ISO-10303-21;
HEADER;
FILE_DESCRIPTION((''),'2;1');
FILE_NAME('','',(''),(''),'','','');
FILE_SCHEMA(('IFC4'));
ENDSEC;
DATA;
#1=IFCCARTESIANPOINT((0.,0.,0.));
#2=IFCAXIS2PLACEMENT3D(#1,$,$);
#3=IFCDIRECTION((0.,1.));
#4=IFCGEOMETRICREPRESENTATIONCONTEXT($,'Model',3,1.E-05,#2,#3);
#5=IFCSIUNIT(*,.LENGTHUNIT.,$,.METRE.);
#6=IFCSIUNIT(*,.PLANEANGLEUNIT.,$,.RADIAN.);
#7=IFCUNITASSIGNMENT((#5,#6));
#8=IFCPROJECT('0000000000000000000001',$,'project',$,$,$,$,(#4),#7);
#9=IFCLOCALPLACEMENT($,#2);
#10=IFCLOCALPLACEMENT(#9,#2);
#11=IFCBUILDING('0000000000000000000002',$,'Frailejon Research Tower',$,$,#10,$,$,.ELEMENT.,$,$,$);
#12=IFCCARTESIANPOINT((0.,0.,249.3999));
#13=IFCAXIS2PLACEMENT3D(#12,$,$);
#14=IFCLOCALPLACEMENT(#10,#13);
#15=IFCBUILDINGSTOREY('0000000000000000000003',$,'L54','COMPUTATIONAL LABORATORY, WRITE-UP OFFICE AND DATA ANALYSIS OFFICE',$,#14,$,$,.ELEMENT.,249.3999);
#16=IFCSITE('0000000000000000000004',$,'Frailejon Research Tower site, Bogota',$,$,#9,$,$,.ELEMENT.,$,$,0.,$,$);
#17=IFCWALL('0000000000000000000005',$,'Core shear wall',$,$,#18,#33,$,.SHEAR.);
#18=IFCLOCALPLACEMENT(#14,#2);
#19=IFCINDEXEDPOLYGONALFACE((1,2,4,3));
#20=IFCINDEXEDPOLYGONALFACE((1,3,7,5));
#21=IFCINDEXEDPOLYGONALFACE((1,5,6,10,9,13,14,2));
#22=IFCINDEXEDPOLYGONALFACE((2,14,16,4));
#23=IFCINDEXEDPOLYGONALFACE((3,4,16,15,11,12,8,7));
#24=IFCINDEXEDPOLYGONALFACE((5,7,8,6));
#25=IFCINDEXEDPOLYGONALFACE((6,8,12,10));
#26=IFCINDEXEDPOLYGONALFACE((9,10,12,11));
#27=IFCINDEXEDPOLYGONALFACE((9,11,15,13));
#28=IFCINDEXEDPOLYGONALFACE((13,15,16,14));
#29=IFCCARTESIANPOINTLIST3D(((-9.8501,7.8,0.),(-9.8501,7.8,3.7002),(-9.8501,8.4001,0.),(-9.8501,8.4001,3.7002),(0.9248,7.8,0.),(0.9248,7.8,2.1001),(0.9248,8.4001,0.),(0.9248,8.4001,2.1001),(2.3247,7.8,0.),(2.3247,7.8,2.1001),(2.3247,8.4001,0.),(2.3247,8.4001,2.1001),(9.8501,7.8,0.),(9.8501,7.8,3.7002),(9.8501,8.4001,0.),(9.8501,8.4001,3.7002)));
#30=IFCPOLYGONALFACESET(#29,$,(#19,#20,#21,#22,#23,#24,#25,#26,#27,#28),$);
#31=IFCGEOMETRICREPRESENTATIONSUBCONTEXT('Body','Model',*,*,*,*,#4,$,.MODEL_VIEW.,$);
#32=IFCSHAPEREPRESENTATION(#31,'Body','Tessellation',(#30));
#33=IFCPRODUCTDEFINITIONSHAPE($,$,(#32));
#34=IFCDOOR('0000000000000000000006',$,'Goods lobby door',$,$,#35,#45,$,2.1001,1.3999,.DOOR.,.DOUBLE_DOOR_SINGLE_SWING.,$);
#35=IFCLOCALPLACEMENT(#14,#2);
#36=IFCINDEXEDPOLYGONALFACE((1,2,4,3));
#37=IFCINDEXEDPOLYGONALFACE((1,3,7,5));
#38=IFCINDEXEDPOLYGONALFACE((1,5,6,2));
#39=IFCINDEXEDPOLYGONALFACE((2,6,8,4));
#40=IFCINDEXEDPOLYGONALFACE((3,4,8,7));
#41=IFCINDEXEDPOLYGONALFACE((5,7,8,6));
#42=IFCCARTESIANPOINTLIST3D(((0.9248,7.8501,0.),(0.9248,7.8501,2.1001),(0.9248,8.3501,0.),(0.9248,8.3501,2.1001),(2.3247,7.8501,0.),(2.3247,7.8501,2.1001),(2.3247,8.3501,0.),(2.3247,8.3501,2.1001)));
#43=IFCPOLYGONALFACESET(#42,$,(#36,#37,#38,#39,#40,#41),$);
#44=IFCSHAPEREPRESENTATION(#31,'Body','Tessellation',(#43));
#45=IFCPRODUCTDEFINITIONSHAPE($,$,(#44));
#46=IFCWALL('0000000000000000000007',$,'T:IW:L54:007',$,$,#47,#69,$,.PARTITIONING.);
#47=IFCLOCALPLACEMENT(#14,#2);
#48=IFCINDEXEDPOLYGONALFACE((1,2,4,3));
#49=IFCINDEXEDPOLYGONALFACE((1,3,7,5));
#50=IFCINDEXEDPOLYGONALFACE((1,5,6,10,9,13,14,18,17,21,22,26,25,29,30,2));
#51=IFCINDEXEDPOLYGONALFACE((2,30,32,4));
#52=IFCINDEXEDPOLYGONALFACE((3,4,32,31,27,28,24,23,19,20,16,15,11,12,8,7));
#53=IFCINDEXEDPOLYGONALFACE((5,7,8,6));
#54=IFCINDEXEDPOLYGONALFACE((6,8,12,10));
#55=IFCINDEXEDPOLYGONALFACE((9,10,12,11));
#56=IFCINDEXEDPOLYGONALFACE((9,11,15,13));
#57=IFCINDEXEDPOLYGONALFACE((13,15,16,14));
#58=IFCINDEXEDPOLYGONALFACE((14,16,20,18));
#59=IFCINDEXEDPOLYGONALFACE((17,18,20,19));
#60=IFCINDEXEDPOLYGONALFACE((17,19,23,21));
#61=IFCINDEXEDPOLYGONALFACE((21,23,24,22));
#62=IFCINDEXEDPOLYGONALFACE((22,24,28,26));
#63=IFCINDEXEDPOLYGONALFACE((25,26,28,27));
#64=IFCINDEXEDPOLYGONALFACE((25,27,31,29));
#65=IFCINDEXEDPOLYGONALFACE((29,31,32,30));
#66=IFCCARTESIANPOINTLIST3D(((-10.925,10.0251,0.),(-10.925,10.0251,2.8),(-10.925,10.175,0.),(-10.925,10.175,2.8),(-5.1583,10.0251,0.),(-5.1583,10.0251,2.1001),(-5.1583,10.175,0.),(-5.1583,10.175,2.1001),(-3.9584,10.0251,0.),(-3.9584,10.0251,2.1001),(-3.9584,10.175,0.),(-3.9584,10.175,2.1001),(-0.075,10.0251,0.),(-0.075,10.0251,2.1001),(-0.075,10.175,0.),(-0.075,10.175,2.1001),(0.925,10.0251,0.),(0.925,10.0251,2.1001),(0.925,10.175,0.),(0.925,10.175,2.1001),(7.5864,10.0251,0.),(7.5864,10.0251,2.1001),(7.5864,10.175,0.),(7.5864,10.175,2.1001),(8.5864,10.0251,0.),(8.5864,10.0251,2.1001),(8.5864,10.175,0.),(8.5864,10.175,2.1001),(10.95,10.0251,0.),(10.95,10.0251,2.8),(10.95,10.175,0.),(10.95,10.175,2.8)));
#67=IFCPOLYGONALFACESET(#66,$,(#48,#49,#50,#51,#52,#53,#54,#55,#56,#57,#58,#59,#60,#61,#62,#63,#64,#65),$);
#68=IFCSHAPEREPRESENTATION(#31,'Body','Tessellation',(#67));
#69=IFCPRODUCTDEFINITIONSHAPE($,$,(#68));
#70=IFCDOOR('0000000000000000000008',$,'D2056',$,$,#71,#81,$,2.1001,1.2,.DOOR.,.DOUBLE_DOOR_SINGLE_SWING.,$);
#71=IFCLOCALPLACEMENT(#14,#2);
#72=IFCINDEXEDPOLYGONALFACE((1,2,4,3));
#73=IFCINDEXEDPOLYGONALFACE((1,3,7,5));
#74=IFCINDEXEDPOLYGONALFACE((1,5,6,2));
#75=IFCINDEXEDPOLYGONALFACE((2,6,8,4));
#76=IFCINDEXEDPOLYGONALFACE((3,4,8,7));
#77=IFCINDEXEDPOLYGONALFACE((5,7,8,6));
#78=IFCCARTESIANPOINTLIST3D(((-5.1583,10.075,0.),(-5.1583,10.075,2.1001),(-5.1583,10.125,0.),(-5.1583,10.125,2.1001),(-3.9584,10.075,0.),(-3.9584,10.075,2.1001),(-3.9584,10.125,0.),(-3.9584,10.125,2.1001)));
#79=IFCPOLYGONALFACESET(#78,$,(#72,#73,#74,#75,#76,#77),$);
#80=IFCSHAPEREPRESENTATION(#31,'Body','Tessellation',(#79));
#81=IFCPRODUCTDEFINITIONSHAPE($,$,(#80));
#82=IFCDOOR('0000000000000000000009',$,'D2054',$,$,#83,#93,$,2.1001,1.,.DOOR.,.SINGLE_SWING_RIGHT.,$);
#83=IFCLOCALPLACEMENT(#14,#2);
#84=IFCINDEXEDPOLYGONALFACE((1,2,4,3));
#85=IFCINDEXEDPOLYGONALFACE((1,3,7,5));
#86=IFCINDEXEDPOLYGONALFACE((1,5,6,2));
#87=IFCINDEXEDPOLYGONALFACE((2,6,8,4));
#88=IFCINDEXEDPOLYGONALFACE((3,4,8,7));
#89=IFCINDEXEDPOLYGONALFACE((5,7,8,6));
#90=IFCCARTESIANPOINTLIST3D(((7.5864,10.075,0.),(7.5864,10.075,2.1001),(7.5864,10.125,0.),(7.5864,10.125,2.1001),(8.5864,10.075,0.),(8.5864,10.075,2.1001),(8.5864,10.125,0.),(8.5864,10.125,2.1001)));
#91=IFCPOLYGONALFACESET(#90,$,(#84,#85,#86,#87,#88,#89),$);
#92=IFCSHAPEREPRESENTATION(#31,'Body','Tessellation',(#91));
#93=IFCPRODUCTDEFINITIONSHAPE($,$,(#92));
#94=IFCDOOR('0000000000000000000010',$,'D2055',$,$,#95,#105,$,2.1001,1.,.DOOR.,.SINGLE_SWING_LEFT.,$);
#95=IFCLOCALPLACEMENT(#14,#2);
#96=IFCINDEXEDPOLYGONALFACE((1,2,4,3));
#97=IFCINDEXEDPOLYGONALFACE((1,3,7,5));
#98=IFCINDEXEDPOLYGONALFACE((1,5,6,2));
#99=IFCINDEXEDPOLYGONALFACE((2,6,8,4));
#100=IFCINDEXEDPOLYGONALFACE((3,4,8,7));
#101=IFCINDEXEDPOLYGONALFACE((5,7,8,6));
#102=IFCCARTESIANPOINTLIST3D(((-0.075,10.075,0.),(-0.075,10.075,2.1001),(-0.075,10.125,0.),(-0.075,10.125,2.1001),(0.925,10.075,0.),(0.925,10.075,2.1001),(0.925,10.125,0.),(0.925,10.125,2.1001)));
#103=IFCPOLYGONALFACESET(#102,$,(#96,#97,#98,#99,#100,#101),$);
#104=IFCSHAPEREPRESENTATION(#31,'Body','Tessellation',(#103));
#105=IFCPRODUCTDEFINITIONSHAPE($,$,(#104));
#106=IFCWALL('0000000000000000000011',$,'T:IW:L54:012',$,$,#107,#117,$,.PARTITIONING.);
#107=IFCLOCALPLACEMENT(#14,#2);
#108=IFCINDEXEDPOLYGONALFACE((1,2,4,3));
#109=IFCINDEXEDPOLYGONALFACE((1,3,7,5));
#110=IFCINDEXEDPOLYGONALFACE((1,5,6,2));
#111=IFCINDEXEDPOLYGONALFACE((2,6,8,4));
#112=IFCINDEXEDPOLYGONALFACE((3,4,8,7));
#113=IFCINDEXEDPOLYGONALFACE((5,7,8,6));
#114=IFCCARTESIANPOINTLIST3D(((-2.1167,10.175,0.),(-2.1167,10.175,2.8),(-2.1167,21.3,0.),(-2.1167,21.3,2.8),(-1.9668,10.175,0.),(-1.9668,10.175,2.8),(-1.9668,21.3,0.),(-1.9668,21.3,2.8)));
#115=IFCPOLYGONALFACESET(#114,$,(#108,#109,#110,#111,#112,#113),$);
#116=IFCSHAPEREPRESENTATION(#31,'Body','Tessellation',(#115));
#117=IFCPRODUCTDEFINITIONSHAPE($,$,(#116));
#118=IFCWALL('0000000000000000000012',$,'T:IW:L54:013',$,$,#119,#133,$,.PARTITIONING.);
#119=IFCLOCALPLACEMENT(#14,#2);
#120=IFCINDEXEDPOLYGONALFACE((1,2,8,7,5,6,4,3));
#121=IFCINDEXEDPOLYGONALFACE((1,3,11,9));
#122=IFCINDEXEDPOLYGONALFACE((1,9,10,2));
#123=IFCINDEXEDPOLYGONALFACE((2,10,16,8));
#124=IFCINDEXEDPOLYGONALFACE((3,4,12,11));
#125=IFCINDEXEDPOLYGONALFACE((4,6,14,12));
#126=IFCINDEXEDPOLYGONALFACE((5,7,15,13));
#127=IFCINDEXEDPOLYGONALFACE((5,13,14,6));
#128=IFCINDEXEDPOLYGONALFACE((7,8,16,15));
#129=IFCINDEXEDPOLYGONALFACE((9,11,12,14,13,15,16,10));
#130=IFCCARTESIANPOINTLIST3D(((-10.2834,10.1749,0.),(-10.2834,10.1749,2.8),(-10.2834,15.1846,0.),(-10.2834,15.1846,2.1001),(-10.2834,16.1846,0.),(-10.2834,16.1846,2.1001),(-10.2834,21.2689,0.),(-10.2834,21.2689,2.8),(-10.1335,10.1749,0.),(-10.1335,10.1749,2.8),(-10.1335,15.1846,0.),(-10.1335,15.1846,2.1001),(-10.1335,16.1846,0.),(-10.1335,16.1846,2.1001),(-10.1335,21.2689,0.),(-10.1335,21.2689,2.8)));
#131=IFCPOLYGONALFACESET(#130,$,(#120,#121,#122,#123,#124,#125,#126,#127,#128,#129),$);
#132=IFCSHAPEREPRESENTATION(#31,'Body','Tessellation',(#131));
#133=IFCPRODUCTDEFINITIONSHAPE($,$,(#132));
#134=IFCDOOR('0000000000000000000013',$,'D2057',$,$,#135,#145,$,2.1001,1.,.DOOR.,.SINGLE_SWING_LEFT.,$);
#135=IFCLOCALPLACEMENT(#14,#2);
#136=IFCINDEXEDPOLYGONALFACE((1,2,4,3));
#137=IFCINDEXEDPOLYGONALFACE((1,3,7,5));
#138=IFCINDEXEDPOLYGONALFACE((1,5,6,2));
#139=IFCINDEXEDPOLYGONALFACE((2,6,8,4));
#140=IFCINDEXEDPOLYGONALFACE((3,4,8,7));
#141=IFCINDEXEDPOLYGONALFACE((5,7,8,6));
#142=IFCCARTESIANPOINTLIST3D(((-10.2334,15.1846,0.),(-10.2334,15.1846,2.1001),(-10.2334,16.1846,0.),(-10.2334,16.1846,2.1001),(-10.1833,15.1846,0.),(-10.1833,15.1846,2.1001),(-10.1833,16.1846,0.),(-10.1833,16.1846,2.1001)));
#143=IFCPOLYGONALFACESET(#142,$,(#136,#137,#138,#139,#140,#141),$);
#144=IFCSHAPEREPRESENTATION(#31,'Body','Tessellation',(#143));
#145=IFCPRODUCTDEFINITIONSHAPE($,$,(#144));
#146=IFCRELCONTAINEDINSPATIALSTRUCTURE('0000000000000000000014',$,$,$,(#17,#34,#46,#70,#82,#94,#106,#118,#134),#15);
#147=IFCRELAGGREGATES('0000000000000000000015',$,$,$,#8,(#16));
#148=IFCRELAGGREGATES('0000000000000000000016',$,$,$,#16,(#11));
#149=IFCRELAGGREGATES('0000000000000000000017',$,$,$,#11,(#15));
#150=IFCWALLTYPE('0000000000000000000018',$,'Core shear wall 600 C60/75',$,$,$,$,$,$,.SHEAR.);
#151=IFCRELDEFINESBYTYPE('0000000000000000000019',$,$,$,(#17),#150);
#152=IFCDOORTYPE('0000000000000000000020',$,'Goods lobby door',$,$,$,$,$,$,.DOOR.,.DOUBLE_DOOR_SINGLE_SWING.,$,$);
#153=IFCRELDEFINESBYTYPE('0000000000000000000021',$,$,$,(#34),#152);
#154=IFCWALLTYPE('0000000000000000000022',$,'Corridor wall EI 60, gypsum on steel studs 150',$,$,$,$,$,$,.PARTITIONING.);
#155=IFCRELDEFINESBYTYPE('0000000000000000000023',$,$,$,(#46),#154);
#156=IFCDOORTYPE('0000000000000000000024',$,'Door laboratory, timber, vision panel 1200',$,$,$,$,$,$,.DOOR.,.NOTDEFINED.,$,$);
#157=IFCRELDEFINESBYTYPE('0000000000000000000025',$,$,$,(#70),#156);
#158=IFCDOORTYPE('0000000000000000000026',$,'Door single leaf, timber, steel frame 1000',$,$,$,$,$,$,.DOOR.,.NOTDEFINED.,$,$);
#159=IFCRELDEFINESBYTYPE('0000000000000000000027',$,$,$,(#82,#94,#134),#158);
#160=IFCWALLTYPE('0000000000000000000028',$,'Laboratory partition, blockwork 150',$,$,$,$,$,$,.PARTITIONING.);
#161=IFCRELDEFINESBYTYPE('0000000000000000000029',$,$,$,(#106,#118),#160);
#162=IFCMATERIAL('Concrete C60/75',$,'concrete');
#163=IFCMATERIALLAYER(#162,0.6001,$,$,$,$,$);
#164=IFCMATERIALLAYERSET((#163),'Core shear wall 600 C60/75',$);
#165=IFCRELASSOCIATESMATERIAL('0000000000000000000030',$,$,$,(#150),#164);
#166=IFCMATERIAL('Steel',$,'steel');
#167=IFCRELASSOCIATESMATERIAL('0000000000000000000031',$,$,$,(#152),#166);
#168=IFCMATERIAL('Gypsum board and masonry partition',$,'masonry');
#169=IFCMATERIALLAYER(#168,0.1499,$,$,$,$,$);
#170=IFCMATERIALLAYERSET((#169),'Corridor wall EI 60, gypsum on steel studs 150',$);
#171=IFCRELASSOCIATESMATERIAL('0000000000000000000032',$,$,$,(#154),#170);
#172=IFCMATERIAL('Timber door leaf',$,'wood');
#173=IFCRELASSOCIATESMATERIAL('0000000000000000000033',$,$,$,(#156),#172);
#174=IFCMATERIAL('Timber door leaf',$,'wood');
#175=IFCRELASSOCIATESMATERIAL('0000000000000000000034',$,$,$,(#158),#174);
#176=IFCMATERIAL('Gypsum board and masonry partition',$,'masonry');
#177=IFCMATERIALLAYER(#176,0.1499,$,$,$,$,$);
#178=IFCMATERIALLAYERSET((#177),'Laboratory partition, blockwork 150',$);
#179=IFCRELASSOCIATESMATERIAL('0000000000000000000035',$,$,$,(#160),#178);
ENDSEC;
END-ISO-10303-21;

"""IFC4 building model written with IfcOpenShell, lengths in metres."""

from ifc_helpers import new_model, si_unit, direction, frame, frame_2d, origin, place, context, subcontext, project, spatial, rectangle, extrude, material, layer, layer_set, type_object, element, fill, save


model = new_model("IFC4")

# Units and contexts
model_context = context("Model", 3, precision=1e-05, world=origin(), true_north=direction((0.0, 1.0)))
body_context = subcontext(model_context, "Body", "Model", "MODEL_VIEW")
ifc_project = project(units=[si_unit("LENGTHUNIT", "METRE"), si_unit("PLANEANGLEUNIT", "RADIAN")], contexts=[model_context])

# Site, building, storey
site_placement = place(None, origin())
site = spatial("IfcSite", under=ifc_project, at=site_placement, Name="Frailejon Research Tower site, Bogota", CompositionType="ELEMENT", RefElevation=0.0)
building_placement = place(site_placement, origin())
building = spatial("IfcBuilding", under=site, at=building_placement, Name="Frailejon Research Tower", CompositionType="ELEMENT")
storey_placement = place(building_placement, frame((0.0, 0.0, 249.3999)))
storey = spatial("IfcBuildingStorey", under=building, at=storey_placement, Name="L54", Description="COMPUTATIONAL LABORATORY, WRITE-UP OFFICE AND DATA ANALYSIS OFFICE", CompositionType="ELEMENT", Elevation=249.3999)

# Wall, opening, door
ifc_material_1 = material(Name="Concrete C60/75", Category="concrete")
ifc_layer_1 = layer(ifc_material_1, 0.6001)
ifc_layer_set_1 = layer_set([ifc_layer_1], Name="Core shear wall 600 C60/75")
wall_type_1 = type_object("IfcWallType", Name="Core shear wall 600 C60/75", PredefinedType="SHEAR", material=ifc_layer_set_1)
wall_1_placement = place(storey_placement, frame((-9.8501, 8.1001, 0.0), z_axis=(0.0, 0.0, 1.0), x_axis=(1.0, 0.0, 0.0)))
wall_1 = element("IfcWall", 1, at=wall_1_placement, inside=storey, type_object=wall_type_1, Name="Core shear wall", PredefinedType="SHEAR", context=body_context, shape_type="SweptSolid", body=[
    extrude(rectangle(XDim=19.7002, YDim=0.6001, at=frame_2d((9.8501, 0.0))), origin(), (0.0, 0.0, 1.0), 3.7002),
])
opening_1_placement = place(wall_1_placement, frame((10.7749, 0.0, 0.0)))
opening_1 = element("IfcOpeningElement", 2, at=opening_1_placement, cuts=wall_1, PredefinedType="OPENING", context=body_context, shape_type="SweptSolid", body=[
    extrude(rectangle(XDim=1.3999, YDim=2.1001, at=frame_2d((0.7, 1.05))), frame((0.0, 0.3101, 0.0), z_axis=(0.0, -1.0, 0.0), x_axis=(1.0, 0.0, 0.0)), (0.0, 0.0, 1.0), 0.6201),
])
ifc_material_2 = material(Name="Steel", Category="steel")
door_type_1 = type_object("IfcDoorType", Name="Goods lobby door", OperationType="DOUBLE_DOOR_SINGLE_SWING", PredefinedType="DOOR", material=ifc_material_2)
door_1_placement = place(opening_1_placement, origin())
door_1 = element("IfcDoor", 3, at=door_1_placement, inside=storey, type_object=door_type_1, Name="Goods lobby door", OperationType="DOUBLE_DOOR_SINGLE_SWING", OverallHeight=2.1001, OverallWidth=1.3999, PredefinedType="DOOR", context=body_context, shape_type="SweptSolid", body=[
    extrude(rectangle(XDim=1.3999, YDim=2.1001, at=frame_2d((0.7, 1.05))), frame((0.0, 0.25, 0.0), z_axis=(0.0, -1.0, 0.0), x_axis=(1.0, 0.0, 0.0)), (0.0, 0.0, 1.0), 0.5),
])
fill(opening_1, door_1)

# Wall, openings, doors
ifc_material_3 = material(Name="Gypsum board and masonry partition", Category="masonry")
ifc_layer_2 = layer(ifc_material_3, 0.1499)
ifc_layer_set_2 = layer_set([ifc_layer_2], Name="Corridor wall EI 60, gypsum on steel studs 150")
wall_type_2 = type_object("IfcWallType", Name="Corridor wall EI 60, gypsum on steel studs 150", PredefinedType="PARTITIONING", material=ifc_layer_set_2)
wall_2_placement = place(storey_placement, frame((-10.925, 10.1001, 0.0), z_axis=(0.0, 0.0, 1.0), x_axis=(1.0, 0.0, 0.0)))
wall_2 = element("IfcWall", 4, at=wall_2_placement, inside=storey, type_object=wall_type_2, Name="T:IW:L54:007", PredefinedType="PARTITIONING", context=body_context, shape_type="SweptSolid", body=[
    extrude(rectangle(XDim=21.875, YDim=0.1499, at=frame_2d((10.9375, 0.0))), origin(), (0.0, 0.0, 1.0), 2.8),
])
opening_2_placement = place(wall_2_placement, frame((18.5115, 0.0, 0.0)))
opening_2 = element("IfcOpeningElement", 5, at=opening_2_placement, cuts=wall_2, PredefinedType="OPENING", context=body_context, shape_type="SweptSolid", body=[
    extrude(rectangle(XDim=1.0, YDim=2.1001, at=frame_2d((0.5, 1.05))), frame((0.0, 0.085, 0.0), z_axis=(0.0, -1.0, 0.0), x_axis=(1.0, 0.0, 0.0)), (0.0, 0.0, 1.0), 0.1699),
])
opening_3_placement = place(wall_2_placement, frame((10.8501, 0.0, 0.0)))
opening_3 = element("IfcOpeningElement", 6, at=opening_3_placement, cuts=wall_2, PredefinedType="OPENING", context=body_context, shape_type="SweptSolid", body=[
    extrude(rectangle(XDim=1.0, YDim=2.1001, at=frame_2d((0.5, 1.05))), frame((0.0, 0.085, 0.0), z_axis=(0.0, -1.0, 0.0), x_axis=(1.0, 0.0, 0.0)), (0.0, 0.0, 1.0), 0.1699),
])
opening_4_placement = place(wall_2_placement, frame((5.7666, 0.0, 0.0)))
opening_4 = element("IfcOpeningElement", 7, at=opening_4_placement, cuts=wall_2, PredefinedType="OPENING", context=body_context, shape_type="SweptSolid", body=[
    extrude(rectangle(XDim=1.2, YDim=2.1001, at=frame_2d((0.6001, 1.05))), frame((0.0, 0.085, 0.0), z_axis=(0.0, -1.0, 0.0), x_axis=(1.0, 0.0, 0.0)), (0.0, 0.0, 1.0), 0.1699),
])
ifc_material_4 = material(Name="Timber door leaf", Category="wood")
door_type_2 = type_object("IfcDoorType", Name="Door laboratory, timber, vision panel 1200", OperationType="NOTDEFINED", PredefinedType="DOOR", material=ifc_material_4)
door_2_placement = place(opening_4_placement, origin())
door_2 = element("IfcDoor", 8, at=door_2_placement, inside=storey, type_object=door_type_2, Name="D2056", OperationType="DOUBLE_DOOR_SINGLE_SWING", OverallHeight=2.1001, OverallWidth=1.2, PredefinedType="DOOR", context=body_context, shape_type="SweptSolid", body=[
    extrude(rectangle(XDim=1.2, YDim=2.1001, at=frame_2d((0.6001, 1.05))), frame((0.0, 0.0249, 0.0), z_axis=(0.0, -1.0, 0.0), x_axis=(1.0, 0.0, 0.0)), (0.0, 0.0, 1.0), 0.05),
])
fill(opening_4, door_2)
ifc_material_5 = material(Name="Timber door leaf", Category="wood")
door_type_3 = type_object("IfcDoorType", Name="Door single leaf, timber, steel frame 1000", OperationType="NOTDEFINED", PredefinedType="DOOR", material=ifc_material_5)
door_3_placement = place(opening_2_placement, origin())
door_3 = element("IfcDoor", 9, at=door_3_placement, inside=storey, type_object=door_type_3, Name="D2054", OperationType="SINGLE_SWING_RIGHT", OverallHeight=2.1001, OverallWidth=1.0, PredefinedType="DOOR", context=body_context, shape_type="SweptSolid", body=[
    extrude(rectangle(XDim=1.0, YDim=2.1001, at=frame_2d((0.5, 1.05))), frame((0.0, 0.0249, 0.0), z_axis=(0.0, -1.0, 0.0), x_axis=(1.0, 0.0, 0.0)), (0.0, 0.0, 1.0), 0.05),
])
fill(opening_2, door_3)
door_4_placement = place(opening_3_placement, origin())
door_4 = element("IfcDoor", 10, at=door_4_placement, inside=storey, type_object=door_type_3, Name="D2055", OperationType="SINGLE_SWING_LEFT", OverallHeight=2.1001, OverallWidth=1.0, PredefinedType="DOOR", context=body_context, shape_type="SweptSolid", body=[
    extrude(rectangle(XDim=1.0, YDim=2.1001, at=frame_2d((0.5, 1.05))), frame((0.0, 0.0249, 0.0), z_axis=(0.0, -1.0, 0.0), x_axis=(1.0, 0.0, 0.0)), (0.0, 0.0, 1.0), 0.05),
])
fill(opening_3, door_4)

# Wall
ifc_material_6 = material(Name="Gypsum board and masonry partition", Category="masonry")
ifc_layer_3 = layer(ifc_material_6, 0.1499)
ifc_layer_set_3 = layer_set([ifc_layer_3], Name="Laboratory partition, blockwork 150")
wall_type_3 = type_object("IfcWallType", Name="Laboratory partition, blockwork 150", PredefinedType="PARTITIONING", material=ifc_layer_set_3)
wall_3_placement = place(storey_placement, frame((-2.0417, 10.175, 0.0), z_axis=(0.0, 0.0, 1.0), x_axis=(0.0, 1.0, 0.0)))
element("IfcWall", 11, at=wall_3_placement, inside=storey, type_object=wall_type_3, Name="T:IW:L54:012", PredefinedType="PARTITIONING", context=body_context, shape_type="SweptSolid", body=[
    extrude(rectangle(XDim=11.125, YDim=0.1499, at=frame_2d((5.5625, 0.0))), origin(), (0.0, 0.0, 1.0), 2.8),
])

# Wall, opening, door
wall_4_placement = place(storey_placement, frame((-10.2085, 10.175, 0.0), z_axis=(0.0, 0.0, 1.0), x_axis=(0.0, 1.0, 0.0)))
wall_4 = element("IfcWall", 12, at=wall_4_placement, inside=storey, type_object=wall_type_3, Name="T:IW:L54:013", PredefinedType="PARTITIONING", context=body_context, shape_type="SweptSolid", body=[
    extrude(rectangle(XDim=11.094, YDim=0.1499, at=frame_2d((5.5469, 0.0))), origin(), (0.0, 0.0, 1.0), 2.8),
])
opening_5_placement = place(wall_4_placement, frame((5.0095, 0.0, 0.0)))
opening_5 = element("IfcOpeningElement", 13, at=opening_5_placement, cuts=wall_4, PredefinedType="OPENING", context=body_context, shape_type="SweptSolid", body=[
    extrude(rectangle(XDim=1.0, YDim=2.1001, at=frame_2d((0.5, 1.05))), frame((0.0, 0.085, 0.0), z_axis=(0.0, -1.0, 0.0), x_axis=(1.0, 0.0, 0.0)), (0.0, 0.0, 1.0), 0.1699),
])
door_5_placement = place(opening_5_placement, origin())
door_5 = element("IfcDoor", 14, at=door_5_placement, inside=storey, type_object=door_type_3, Name="D2057", OperationType="SINGLE_SWING_LEFT", OverallHeight=2.1001, OverallWidth=1.0, PredefinedType="DOOR", context=body_context, shape_type="SweptSolid", body=[
    extrude(rectangle(XDim=1.0, YDim=2.1001, at=frame_2d((0.5, 1.05))), frame((0.0, 0.0249, 0.0), z_axis=(0.0, -1.0, 0.0), x_axis=(1.0, 0.0, 0.0)), (0.0, 0.0, 1.0), 0.05),
])
fill(opening_5, door_5)

save(model, "model.ifc")
